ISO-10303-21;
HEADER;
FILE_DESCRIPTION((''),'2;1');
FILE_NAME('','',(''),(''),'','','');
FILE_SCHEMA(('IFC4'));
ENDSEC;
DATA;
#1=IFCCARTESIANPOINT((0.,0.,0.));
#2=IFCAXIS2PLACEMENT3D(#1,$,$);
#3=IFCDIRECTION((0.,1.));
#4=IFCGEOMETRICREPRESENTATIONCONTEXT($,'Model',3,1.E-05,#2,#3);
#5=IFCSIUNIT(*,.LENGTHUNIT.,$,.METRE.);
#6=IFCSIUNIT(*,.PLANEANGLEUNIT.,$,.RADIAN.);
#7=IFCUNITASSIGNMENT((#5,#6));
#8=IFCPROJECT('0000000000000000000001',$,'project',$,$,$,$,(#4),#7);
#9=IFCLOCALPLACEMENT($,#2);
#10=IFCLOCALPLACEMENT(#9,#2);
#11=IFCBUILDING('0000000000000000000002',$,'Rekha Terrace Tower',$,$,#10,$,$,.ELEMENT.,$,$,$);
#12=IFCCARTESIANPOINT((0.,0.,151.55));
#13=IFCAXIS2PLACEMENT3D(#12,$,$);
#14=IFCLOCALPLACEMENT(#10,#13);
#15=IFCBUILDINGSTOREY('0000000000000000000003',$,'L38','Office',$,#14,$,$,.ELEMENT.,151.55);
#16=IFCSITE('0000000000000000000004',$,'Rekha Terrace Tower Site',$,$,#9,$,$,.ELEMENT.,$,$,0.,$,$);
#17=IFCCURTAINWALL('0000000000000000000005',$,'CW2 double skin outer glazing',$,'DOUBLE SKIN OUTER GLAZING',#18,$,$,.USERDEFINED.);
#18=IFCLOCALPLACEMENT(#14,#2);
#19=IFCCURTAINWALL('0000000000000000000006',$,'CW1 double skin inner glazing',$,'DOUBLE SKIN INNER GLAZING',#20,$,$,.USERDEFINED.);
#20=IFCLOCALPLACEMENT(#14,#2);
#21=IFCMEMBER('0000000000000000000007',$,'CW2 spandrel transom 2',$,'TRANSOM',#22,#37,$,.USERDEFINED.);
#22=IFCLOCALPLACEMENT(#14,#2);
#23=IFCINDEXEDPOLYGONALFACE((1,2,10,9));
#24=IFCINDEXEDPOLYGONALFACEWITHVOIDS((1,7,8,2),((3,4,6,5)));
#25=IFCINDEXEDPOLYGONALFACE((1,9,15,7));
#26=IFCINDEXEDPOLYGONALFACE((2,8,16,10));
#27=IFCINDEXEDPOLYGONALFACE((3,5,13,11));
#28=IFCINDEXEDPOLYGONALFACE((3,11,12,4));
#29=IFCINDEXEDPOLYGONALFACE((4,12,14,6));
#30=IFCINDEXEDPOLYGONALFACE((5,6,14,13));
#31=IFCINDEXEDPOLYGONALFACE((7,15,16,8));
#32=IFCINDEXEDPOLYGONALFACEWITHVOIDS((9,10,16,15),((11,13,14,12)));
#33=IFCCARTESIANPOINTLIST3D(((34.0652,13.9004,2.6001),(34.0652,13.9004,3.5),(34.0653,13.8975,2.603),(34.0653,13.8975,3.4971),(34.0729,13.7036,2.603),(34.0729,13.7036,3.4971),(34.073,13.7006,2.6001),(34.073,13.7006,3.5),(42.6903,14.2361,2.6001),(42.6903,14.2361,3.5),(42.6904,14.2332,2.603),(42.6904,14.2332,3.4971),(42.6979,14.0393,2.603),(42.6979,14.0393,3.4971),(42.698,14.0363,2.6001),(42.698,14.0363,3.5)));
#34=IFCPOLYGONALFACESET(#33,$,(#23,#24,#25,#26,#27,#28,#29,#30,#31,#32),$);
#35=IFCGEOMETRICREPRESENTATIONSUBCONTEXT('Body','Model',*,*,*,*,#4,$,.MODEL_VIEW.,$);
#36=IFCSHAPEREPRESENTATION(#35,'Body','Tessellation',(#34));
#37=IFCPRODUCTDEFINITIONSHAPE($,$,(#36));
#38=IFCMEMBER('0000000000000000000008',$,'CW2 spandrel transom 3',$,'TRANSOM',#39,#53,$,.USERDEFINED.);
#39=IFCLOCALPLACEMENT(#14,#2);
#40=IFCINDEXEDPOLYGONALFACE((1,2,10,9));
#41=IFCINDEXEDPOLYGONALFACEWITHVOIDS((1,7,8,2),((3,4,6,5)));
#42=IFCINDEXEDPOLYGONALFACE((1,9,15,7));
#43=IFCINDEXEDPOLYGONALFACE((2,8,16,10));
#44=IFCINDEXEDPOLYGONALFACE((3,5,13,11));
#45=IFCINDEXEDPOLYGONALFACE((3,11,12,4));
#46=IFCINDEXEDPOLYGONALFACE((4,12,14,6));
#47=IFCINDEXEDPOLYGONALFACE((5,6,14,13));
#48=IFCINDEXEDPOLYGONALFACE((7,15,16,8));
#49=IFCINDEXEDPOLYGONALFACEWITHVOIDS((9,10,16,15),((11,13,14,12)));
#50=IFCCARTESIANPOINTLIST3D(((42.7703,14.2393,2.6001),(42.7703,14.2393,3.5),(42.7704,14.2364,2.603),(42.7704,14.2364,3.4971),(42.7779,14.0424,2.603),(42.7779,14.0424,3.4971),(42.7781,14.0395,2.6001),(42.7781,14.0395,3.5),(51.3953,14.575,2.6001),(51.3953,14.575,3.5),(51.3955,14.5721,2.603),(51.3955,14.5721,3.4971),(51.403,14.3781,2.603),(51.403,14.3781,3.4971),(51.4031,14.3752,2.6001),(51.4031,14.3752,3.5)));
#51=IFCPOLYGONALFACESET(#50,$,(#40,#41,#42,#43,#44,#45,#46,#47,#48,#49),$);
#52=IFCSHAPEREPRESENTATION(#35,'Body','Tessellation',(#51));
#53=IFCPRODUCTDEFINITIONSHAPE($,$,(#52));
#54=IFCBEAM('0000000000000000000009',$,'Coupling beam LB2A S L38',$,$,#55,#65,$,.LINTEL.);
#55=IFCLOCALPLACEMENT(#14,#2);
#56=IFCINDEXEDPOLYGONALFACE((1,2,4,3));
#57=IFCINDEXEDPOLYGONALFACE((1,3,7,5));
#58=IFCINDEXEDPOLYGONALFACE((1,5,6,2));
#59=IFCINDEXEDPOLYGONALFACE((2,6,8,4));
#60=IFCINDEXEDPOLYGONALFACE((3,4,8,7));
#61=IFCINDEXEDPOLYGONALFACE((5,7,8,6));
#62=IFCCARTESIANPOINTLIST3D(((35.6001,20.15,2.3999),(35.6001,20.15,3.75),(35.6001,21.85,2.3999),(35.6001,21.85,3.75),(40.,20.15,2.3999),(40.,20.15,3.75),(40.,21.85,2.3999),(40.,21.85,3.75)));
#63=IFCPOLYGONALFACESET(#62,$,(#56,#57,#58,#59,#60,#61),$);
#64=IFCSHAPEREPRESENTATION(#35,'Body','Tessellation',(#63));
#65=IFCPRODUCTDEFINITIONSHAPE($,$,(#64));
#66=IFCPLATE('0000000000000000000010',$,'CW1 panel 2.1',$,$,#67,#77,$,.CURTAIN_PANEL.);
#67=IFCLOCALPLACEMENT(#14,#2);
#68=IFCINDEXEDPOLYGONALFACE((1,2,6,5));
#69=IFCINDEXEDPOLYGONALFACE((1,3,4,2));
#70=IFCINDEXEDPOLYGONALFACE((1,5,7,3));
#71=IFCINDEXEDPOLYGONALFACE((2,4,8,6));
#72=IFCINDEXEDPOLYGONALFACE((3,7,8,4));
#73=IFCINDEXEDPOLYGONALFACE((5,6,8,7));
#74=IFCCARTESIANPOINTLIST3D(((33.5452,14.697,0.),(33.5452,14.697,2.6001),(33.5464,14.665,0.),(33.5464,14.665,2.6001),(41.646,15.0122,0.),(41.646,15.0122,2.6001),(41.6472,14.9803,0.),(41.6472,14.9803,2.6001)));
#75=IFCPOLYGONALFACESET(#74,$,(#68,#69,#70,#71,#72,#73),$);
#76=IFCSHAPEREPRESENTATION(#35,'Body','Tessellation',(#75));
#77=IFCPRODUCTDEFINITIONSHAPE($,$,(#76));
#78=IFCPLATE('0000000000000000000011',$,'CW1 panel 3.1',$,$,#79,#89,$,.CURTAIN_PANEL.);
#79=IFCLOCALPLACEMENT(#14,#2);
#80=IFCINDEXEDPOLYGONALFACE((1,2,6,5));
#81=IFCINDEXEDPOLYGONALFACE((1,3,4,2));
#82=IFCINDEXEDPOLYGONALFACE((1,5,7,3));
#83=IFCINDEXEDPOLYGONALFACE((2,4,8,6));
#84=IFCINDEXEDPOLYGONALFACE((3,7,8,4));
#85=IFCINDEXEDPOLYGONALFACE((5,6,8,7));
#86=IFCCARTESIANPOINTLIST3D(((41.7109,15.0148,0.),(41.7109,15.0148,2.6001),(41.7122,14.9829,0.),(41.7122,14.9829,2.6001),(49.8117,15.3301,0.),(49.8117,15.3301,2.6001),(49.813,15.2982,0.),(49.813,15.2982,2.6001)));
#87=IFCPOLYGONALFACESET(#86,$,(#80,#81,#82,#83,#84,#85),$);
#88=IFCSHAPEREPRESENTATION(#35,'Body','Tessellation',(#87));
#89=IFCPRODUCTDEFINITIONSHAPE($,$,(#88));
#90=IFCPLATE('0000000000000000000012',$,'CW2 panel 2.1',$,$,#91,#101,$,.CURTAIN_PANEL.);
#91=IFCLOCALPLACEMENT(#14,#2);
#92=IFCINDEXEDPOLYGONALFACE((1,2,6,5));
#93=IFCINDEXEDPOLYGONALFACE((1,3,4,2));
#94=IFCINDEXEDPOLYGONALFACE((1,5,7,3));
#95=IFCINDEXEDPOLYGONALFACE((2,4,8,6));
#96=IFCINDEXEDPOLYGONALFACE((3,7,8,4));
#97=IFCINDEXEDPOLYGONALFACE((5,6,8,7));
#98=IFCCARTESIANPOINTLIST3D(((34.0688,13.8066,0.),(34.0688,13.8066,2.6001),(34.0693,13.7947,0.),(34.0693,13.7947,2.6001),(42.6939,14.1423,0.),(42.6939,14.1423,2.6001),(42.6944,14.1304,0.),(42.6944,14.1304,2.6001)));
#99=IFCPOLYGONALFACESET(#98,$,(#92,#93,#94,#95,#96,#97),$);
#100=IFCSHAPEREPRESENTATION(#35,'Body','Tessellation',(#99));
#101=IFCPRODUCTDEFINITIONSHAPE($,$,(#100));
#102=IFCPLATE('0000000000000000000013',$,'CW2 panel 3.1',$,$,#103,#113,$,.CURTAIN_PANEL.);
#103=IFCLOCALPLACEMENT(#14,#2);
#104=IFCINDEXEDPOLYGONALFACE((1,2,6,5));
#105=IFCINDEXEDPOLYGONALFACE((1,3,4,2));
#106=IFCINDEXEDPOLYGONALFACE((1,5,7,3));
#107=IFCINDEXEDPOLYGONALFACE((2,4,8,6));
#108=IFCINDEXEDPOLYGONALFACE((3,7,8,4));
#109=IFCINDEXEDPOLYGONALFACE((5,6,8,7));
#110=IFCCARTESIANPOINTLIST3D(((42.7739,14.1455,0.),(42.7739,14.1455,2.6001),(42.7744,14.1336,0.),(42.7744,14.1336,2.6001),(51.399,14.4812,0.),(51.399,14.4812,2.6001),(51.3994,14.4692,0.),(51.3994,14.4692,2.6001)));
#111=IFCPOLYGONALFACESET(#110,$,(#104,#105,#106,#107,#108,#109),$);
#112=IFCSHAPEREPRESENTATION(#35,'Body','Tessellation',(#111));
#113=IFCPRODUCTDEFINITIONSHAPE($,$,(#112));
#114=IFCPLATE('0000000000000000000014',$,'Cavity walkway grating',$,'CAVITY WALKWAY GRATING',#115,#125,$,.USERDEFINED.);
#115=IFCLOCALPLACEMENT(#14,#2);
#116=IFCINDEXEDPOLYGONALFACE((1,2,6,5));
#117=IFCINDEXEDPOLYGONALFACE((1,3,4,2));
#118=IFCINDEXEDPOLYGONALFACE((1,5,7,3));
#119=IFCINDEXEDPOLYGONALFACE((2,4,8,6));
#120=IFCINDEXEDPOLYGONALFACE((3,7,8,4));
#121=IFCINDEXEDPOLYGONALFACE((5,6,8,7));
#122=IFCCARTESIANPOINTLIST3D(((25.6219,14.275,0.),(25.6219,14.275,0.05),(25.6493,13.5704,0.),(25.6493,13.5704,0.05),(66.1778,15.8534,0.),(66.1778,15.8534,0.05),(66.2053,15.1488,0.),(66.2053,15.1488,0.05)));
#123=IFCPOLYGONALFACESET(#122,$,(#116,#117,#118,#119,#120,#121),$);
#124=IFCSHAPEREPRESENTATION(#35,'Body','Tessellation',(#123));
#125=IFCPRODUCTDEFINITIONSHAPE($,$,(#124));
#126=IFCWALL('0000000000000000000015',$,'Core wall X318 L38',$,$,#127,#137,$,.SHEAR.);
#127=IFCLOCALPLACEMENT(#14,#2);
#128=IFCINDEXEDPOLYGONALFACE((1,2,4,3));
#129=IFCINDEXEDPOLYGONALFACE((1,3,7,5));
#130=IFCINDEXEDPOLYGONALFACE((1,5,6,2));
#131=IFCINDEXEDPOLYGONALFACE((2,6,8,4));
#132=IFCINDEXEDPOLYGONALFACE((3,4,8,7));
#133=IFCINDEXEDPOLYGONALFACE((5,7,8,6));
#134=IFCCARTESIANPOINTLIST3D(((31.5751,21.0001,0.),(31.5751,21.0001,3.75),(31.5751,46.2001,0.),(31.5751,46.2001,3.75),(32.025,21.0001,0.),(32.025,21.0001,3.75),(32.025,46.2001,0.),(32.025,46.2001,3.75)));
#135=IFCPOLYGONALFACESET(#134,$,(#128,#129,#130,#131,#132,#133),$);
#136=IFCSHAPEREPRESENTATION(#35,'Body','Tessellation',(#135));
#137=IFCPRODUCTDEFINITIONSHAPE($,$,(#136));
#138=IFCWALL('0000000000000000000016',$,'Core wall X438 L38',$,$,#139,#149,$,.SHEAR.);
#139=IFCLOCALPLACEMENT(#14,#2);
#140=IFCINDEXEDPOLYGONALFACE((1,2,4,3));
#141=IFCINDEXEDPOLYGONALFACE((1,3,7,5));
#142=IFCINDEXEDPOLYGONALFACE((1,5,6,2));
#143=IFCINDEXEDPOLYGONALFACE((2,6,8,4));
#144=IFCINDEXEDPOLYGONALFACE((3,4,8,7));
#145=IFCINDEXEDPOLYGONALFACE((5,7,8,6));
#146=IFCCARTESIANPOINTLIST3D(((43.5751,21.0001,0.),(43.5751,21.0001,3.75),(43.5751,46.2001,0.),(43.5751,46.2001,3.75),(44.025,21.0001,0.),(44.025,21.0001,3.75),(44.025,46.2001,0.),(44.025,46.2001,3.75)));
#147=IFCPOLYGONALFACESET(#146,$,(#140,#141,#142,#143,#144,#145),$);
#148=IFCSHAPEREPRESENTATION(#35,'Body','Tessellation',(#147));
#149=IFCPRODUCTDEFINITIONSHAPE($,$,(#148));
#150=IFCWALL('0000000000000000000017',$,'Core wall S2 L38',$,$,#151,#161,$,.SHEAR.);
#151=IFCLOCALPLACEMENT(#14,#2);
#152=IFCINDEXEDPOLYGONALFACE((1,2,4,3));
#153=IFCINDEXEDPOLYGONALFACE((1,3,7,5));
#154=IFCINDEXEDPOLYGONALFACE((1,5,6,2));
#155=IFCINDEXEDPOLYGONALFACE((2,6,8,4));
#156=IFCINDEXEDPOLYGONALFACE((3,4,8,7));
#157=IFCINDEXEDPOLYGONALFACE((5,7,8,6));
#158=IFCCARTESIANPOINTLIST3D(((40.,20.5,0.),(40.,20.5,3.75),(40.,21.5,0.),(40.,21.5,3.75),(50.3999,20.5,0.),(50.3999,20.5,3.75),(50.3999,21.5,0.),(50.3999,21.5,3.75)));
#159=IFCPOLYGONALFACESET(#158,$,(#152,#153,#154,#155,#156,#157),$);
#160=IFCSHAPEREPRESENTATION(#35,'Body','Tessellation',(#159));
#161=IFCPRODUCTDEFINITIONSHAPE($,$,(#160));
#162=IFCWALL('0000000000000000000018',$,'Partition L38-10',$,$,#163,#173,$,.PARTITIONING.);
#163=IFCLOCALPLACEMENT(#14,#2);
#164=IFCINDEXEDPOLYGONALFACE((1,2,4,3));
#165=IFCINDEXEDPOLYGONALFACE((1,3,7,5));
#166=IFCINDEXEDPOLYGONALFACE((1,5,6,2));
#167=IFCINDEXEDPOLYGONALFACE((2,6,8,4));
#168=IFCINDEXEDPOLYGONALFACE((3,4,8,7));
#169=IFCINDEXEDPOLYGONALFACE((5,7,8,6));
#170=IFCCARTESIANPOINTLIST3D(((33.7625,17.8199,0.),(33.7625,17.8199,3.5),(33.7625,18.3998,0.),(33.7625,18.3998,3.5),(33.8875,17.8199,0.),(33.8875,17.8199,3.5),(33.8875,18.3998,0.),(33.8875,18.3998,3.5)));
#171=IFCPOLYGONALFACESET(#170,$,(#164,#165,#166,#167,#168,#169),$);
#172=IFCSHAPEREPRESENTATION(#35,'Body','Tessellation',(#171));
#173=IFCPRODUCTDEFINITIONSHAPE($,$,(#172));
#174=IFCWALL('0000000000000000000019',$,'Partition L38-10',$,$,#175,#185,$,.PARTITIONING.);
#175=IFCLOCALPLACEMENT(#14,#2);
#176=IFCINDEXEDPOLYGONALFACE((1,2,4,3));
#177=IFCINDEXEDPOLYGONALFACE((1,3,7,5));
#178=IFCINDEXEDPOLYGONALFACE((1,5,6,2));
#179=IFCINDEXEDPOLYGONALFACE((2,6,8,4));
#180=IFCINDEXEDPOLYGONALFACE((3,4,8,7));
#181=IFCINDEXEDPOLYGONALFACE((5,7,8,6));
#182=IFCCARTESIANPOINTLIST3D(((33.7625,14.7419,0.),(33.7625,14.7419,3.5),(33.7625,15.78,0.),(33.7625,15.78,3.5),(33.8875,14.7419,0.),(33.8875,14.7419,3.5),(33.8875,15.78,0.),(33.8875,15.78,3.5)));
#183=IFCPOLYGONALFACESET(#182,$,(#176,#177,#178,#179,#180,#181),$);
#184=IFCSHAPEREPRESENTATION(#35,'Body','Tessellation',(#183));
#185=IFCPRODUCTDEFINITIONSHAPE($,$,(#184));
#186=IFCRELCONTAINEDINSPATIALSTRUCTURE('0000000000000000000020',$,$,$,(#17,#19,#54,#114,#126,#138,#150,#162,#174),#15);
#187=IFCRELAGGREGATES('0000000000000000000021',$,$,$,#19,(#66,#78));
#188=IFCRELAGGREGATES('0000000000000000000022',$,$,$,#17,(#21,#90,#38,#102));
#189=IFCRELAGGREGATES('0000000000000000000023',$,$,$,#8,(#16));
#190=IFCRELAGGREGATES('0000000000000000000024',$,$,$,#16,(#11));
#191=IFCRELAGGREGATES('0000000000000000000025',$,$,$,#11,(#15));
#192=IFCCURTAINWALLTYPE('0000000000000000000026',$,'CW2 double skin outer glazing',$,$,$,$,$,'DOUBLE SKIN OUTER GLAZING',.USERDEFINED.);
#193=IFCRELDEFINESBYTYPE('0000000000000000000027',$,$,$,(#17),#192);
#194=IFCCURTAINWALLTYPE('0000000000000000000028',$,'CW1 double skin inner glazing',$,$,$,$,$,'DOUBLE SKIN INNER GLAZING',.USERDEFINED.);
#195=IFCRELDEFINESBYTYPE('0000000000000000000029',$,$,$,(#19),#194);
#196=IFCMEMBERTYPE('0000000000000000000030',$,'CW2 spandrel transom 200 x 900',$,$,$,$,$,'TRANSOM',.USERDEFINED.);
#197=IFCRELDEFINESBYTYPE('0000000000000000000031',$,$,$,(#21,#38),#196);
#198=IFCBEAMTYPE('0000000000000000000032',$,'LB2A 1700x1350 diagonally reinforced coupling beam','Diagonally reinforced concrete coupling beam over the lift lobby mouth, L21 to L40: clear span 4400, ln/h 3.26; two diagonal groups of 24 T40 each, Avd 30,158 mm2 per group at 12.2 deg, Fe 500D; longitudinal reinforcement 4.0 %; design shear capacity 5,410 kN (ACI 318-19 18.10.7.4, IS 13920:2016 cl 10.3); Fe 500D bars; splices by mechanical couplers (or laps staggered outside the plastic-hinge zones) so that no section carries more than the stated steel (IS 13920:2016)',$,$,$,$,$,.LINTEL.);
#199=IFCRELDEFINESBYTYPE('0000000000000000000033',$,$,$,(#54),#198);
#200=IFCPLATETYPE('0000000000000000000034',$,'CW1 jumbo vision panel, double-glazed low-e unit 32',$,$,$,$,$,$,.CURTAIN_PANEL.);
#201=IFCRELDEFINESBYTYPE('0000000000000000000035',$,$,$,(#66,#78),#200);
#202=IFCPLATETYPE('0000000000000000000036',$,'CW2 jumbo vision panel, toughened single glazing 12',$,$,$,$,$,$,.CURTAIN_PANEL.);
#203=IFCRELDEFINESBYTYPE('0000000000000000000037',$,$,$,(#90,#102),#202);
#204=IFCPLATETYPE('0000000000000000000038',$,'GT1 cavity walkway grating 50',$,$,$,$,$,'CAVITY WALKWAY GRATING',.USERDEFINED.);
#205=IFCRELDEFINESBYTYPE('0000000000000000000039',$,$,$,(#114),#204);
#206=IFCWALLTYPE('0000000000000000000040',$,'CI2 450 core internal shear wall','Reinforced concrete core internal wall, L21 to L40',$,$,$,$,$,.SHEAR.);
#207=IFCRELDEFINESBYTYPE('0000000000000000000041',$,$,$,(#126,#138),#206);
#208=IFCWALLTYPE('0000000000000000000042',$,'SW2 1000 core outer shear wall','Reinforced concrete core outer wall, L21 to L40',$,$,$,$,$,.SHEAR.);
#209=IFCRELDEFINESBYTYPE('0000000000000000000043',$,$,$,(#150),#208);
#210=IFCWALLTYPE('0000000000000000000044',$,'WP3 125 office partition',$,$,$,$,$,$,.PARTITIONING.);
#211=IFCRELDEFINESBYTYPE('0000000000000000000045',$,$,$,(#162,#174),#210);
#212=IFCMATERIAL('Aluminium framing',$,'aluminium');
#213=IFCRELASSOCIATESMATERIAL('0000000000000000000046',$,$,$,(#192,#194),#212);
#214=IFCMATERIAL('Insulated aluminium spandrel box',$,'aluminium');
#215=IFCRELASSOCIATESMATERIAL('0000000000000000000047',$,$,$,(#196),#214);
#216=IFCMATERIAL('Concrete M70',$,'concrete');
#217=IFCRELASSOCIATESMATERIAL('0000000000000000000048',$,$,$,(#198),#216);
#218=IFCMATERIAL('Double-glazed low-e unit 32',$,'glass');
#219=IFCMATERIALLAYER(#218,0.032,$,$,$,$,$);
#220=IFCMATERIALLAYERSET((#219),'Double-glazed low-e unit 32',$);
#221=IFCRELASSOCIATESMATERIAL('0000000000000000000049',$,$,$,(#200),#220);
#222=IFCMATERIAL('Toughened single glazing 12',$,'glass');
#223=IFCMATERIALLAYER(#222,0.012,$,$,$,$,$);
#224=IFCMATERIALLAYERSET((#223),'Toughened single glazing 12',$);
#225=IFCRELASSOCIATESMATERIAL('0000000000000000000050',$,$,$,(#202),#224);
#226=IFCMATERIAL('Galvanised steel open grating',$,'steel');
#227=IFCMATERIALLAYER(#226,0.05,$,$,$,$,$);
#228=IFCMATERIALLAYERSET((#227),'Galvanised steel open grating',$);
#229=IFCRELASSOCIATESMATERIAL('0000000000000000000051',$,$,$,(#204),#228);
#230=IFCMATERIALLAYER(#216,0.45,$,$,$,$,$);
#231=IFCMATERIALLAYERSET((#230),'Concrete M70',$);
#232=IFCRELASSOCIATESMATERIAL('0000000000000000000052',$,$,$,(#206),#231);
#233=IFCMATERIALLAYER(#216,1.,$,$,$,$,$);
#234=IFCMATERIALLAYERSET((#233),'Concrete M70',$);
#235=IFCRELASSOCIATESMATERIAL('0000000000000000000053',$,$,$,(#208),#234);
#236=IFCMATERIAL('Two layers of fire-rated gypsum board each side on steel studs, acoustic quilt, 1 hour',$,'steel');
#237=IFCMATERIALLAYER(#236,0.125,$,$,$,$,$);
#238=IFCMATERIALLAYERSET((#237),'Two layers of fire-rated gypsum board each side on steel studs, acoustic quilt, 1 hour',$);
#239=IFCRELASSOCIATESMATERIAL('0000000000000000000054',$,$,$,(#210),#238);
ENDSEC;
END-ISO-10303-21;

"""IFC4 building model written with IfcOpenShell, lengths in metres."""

from ifc_helpers import new_model, si_unit, direction, frame, frame_2d, origin, origin_2d, place, context, subcontext, project, spatial, rectangle, hollow_rectangle, extrude, material, layer, layer_set, material_profile, profile_set, type_object, element, aggregate, save


model = new_model("IFC4")

# Units and contexts
model_context = context("Model", 3, precision=1e-05, world=origin(), true_north=direction((0.0, 1.0)))
body_context = subcontext(model_context, "Body", "Model", "MODEL_VIEW")
ifc_project = project(units=[si_unit("LENGTHUNIT", "METRE"), si_unit("PLANEANGLEUNIT", "RADIAN")], contexts=[model_context])

# Site, building, storey
site_placement = place(None, origin())
site = spatial("IfcSite", under=ifc_project, at=site_placement, Name="Rekha Terrace Tower Site", CompositionType="ELEMENT", RefElevation=0.0)
building_placement = place(site_placement, origin())
building = spatial("IfcBuilding", under=site, at=building_placement, Name="Rekha Terrace Tower", CompositionType="ELEMENT")
storey_placement = place(building_placement, frame((0.0, 0.0, 151.55)))
storey = spatial("IfcBuildingStorey", under=building, at=storey_placement, Name="L38", Description="Office", CompositionType="ELEMENT", Elevation=151.55)

# Shared definitions
ifc_material_1 = material(Name="Concrete M70", Category="concrete")

# Curtain walls
ifc_material_2 = material(Name="Aluminium framing", Category="aluminium")
curtain_wall_type_1 = type_object("IfcCurtainWallType", Name="CW2 double skin outer glazing", ElementType="DOUBLE SKIN OUTER GLAZING", PredefinedType="USERDEFINED", material=ifc_material_2)
curtain_wall_1_placement = place(storey_placement, origin())
curtain_wall_1 = element("IfcCurtainWall", 1, at=curtain_wall_1_placement, inside=storey, type_object=curtain_wall_type_1, Name="CW2 double skin outer glazing", ObjectType="DOUBLE SKIN OUTER GLAZING", PredefinedType="USERDEFINED")
curtain_wall_type_2 = type_object("IfcCurtainWallType", Name="CW1 double skin inner glazing", ElementType="DOUBLE SKIN INNER GLAZING", PredefinedType="USERDEFINED", material=ifc_material_2)
curtain_wall_2_placement = place(storey_placement, origin())
curtain_wall_2 = element("IfcCurtainWall", 2, at=curtain_wall_2_placement, inside=storey, type_object=curtain_wall_type_2, Name="CW1 double skin inner glazing", ObjectType="DOUBLE SKIN INNER GLAZING", PredefinedType="USERDEFINED")
ifc_material_3 = material(Name="Insulated aluminium spandrel box", Category="aluminium")

# Members
ifc_material_profile_1 = material_profile(ifc_material_3, hollow_rectangle(XDim=0.2, YDim=0.8999, WallThickness=0.0029, at=origin_2d()), Name="AL SPANDREL BOX 200x900")
ifc_profile_set_1 = profile_set([ifc_material_profile_1], Name="Insulated aluminium spandrel box")
member_type_1 = type_object("IfcMemberType", Name="CW2 spandrel transom 200 x 900", ElementType="TRANSOM", PredefinedType="USERDEFINED", material=ifc_profile_set_1)
member_1_placement = place(storey_placement, frame((34.0691, 13.8005, 3.05), z_axis=(0.999243, 0.038892, 0.0), x_axis=(-0.038892, 0.999243, 0.0)))
member_1 = element("IfcMember", 3, at=member_1_placement, type_object=member_type_1, Name="CW2 spandrel transom 2", ObjectType="TRANSOM", PredefinedType="USERDEFINED", context=body_context, shape_type="SweptSolid", body=[
    extrude(hollow_rectangle(XDim=0.2, YDim=0.8999, WallThickness=0.0029, at=origin_2d()), origin(), (0.0, 0.0, 1.0), 8.6316),
])
member_2_placement = place(storey_placement, frame((42.7742, 14.1394, 3.05), z_axis=(0.999243, 0.038892, 0.0), x_axis=(-0.038892, 0.999243, 0.0)))
member_2 = element("IfcMember", 4, at=member_2_placement, type_object=member_type_1, Name="CW2 spandrel transom 3", ObjectType="TRANSOM", PredefinedType="USERDEFINED", context=body_context, shape_type="SweptSolid", body=[
    extrude(hollow_rectangle(XDim=0.2, YDim=0.8999, WallThickness=0.0029, at=origin_2d()), origin(), (0.0, 0.0, 1.0), 8.6316),
])

# Beam
ifc_material_profile_2 = material_profile(ifc_material_1, rectangle(XDim=1.7, YDim=1.3501, at=origin_2d()), Name="RC 1700x1350")
ifc_profile_set_2 = profile_set([ifc_material_profile_2], Name="Concrete M70")
beam_type = type_object("IfcBeamType", Name="LB2A 1700x1350 diagonally reinforced coupling beam", Description="Diagonally reinforced concrete coupling beam over the lift lobby mouth, L21 to L40: clear span 4400, ln/h 3.26; two diagonal groups of 24 T40 each, Avd 30,158 mm2 per group at 12.2 deg, Fe 500D; longitudinal reinforcement 4.0 %; design shear capacity 5,410 kN (ACI 318-19 18.10.7.4, IS 13920:2016 cl 10.3); Fe 500D bars; splices by mechanical couplers (or laps staggered outside the plastic-hinge zones) so that no section carries more than the stated steel (IS 13920:2016)", PredefinedType="LINTEL", material=ifc_profile_set_2)
beam_placement = place(storey_placement, frame((35.6001, 21.0, 3.075), z_axis=(1.0, 0.0, 0.0), x_axis=(0.0, 1.0, 0.0)))
element("IfcBeam", 5, at=beam_placement, inside=storey, type_object=beam_type, Name="Coupling beam LB2A S L38", PredefinedType="LINTEL", context=body_context, shape_type="SweptSolid", body=[
    extrude(rectangle(XDim=1.7, YDim=1.3501, at=origin_2d()), origin(), (0.0, 0.0, 1.0), 4.3999),
])

# Plates
ifc_material_4 = material(Name="Double-glazed low-e unit 32", Category="glass")
ifc_layer_1 = layer(ifc_material_4, 0.032)
ifc_layer_set_1 = layer_set([ifc_layer_1], Name="Double-glazed low-e unit 32")
plate_type_1 = type_object("IfcPlateType", Name="CW1 jumbo vision panel, double-glazed low-e unit 32", PredefinedType="CURTAIN_PANEL", material=ifc_layer_set_1)
plate_1_placement = place(storey_placement, frame((37.5962, 14.8386, 0.0), z_axis=(0.0, 0.0, 1.0), x_axis=(0.999243, 0.03889, 0.0)))
plate_1 = element("IfcPlate", 6, at=plate_1_placement, type_object=plate_type_1, Name="CW1 panel 2.1", PredefinedType="CURTAIN_PANEL", context=body_context, shape_type="SweptSolid", body=[
    extrude(rectangle(XDim=8.1069, YDim=0.032, at=origin_2d()), origin(), (0.0, 0.0, 1.0), 2.6001),
])
plate_2_placement = place(storey_placement, frame((45.762, 15.1565, 0.0), z_axis=(0.0, 0.0, 1.0), x_axis=(0.999243, 0.03889, 0.0)))
plate_2 = element("IfcPlate", 7, at=plate_2_placement, type_object=plate_type_1, Name="CW1 panel 3.1", PredefinedType="CURTAIN_PANEL", context=body_context, shape_type="SweptSolid", body=[
    extrude(rectangle(XDim=8.1069, YDim=0.032, at=origin_2d()), origin(), (0.0, 0.0, 1.0), 2.6001),
])
aggregate(curtain_wall_2, [plate_1, plate_2])
ifc_material_5 = material(Name="Toughened single glazing 12", Category="glass")
ifc_layer_2 = layer(ifc_material_5, 0.012)
ifc_layer_set_2 = layer_set([ifc_layer_2], Name="Toughened single glazing 12")
plate_type_2 = type_object("IfcPlateType", Name="CW2 jumbo vision panel, toughened single glazing 12", PredefinedType="CURTAIN_PANEL", material=ifc_layer_set_2)
plate_3_placement = place(storey_placement, frame((38.3816, 13.9685, 0.0), z_axis=(0.0, 0.0, 1.0), x_axis=(0.999243, 0.03889, 0.0)))
plate_3 = element("IfcPlate", 8, at=plate_3_placement, type_object=plate_type_2, Name="CW2 panel 2.1", PredefinedType="CURTAIN_PANEL", context=body_context, shape_type="SweptSolid", body=[
    extrude(rectangle(XDim=8.6316, YDim=0.012, at=origin_2d()), origin(), (0.0, 0.0, 1.0), 2.6001),
])
plate_4_placement = place(storey_placement, frame((47.0867, 14.3074, 0.0), z_axis=(0.0, 0.0, 1.0), x_axis=(0.999243, 0.03889, 0.0)))
plate_4 = element("IfcPlate", 9, at=plate_4_placement, type_object=plate_type_2, Name="CW2 panel 3.1", PredefinedType="CURTAIN_PANEL", context=body_context, shape_type="SweptSolid", body=[
    extrude(rectangle(XDim=8.6316, YDim=0.012, at=origin_2d()), origin(), (0.0, 0.0, 1.0), 2.6001),
])
aggregate(curtain_wall_1, [member_1, plate_3, member_2, plate_4])
ifc_material_6 = material(Name="Galvanised steel open grating", Category="steel")
ifc_layer_3 = layer(ifc_material_6, 0.05)
ifc_layer_set_3 = layer_set([ifc_layer_3], Name="Galvanised steel open grating")
plate_type_3 = type_object("IfcPlateType", Name="GT1 cavity walkway grating 50", ElementType="CAVITY WALKWAY GRATING", PredefinedType="USERDEFINED", material=ifc_layer_set_3)
plate_5_placement = place(storey_placement, frame((45.9136, 14.7119, 0.0), z_axis=(0.0, 0.0, 1.0), x_axis=(0.999243, 0.03889, 0.0)))
element("IfcPlate", 10, at=plate_5_placement, inside=storey, type_object=plate_type_3, Name="Cavity walkway grating", ObjectType="CAVITY WALKWAY GRATING", PredefinedType="USERDEFINED", context=body_context, shape_type="SweptSolid", body=[
    extrude(rectangle(XDim=40.5867, YDim=0.7051, at=origin_2d()), origin(), (0.0, 0.0, 1.0), 0.05),
])

# Walls
ifc_layer_4 = layer(ifc_material_1, 0.45)
ifc_layer_set_4 = layer_set([ifc_layer_4], Name="Concrete M70")
wall_type_1 = type_object("IfcWallType", Name="CI2 450 core internal shear wall", Description="Reinforced concrete core internal wall, L21 to L40", PredefinedType="SHEAR", material=ifc_layer_set_4)
for number, where, z_axis, x_axis, name in (
    (11, (31.8, 21.0, 0.0), (0.0, 0.0, 1.0), (0.0, 1.0, 0.0), "Core wall X318 L38"),
    (12, (43.8, 21.0, 0.0), (0.0, 0.0, 1.0), (0.0, 1.0, 0.0), "Core wall X438 L38"),
):
    element("IfcWall", number, at=place(storey_placement, frame(where, z_axis=z_axis, x_axis=x_axis)), inside=storey, type_object=wall_type_1, Name=name, PredefinedType="SHEAR", context=body_context, shape_type="SweptSolid", body=[
        extrude(rectangle(XDim=25.2, YDim=0.45, at=frame_2d((12.6001, 0.0))), origin(), (0.0, 0.0, 1.0), 3.75),
    ])
ifc_layer_5 = layer(ifc_material_1, 1.0)
ifc_layer_set_5 = layer_set([ifc_layer_5], Name="Concrete M70")
wall_type_2 = type_object("IfcWallType", Name="SW2 1000 core outer shear wall", Description="Reinforced concrete core outer wall, L21 to L40", PredefinedType="SHEAR", material=ifc_layer_set_5)
wall_1_placement = place(storey_placement, frame((40.0, 21.0, 0.0), z_axis=(0.0, 0.0, 1.0), x_axis=(1.0, 0.0, 0.0)))
element("IfcWall", 13, at=wall_1_placement, inside=storey, type_object=wall_type_2, Name="Core wall S2 L38", PredefinedType="SHEAR", context=body_context, shape_type="SweptSolid", body=[
    extrude(rectangle(XDim=10.3999, YDim=1.0, at=frame_2d((5.2, 0.0))), origin(), (0.0, 0.0, 1.0), 3.75),
])
ifc_material_7 = material(Name="Two layers of fire-rated gypsum board each side on steel studs, acoustic quilt, 1 hour", Category="steel")
ifc_layer_6 = layer(ifc_material_7, 0.125)
ifc_layer_set_6 = layer_set([ifc_layer_6], Name="Two layers of fire-rated gypsum board each side on steel studs, acoustic quilt, 1 hour")
wall_type_3 = type_object("IfcWallType", Name="WP3 125 office partition", PredefinedType="PARTITIONING", material=ifc_layer_set_6)
wall_2_placement = place(storey_placement, frame((33.825, 18.3999, 0.0), z_axis=(0.0, 0.0, 1.0), x_axis=(0.0, -1.0, 0.0)))
element("IfcWall", 14, at=wall_2_placement, inside=storey, type_object=wall_type_3, Name="Partition L38-10", PredefinedType="PARTITIONING", context=body_context, shape_type="SweptSolid", body=[
    extrude(rectangle(XDim=0.5798, YDim=0.125, at=frame_2d((0.29, 0.0))), origin(), (0.0, 0.0, 1.0), 3.5),
])
wall_3_placement = place(storey_placement, frame((33.825, 15.78, 0.0), z_axis=(0.0, 0.0, 1.0), x_axis=(0.0, -1.0, 0.0)))
element("IfcWall", 15, at=wall_3_placement, inside=storey, type_object=wall_type_3, Name="Partition L38-10", PredefinedType="PARTITIONING", context=body_context, shape_type="SweptSolid", body=[
    extrude(rectangle(XDim=1.0381, YDim=0.125, at=frame_2d((0.519, 0.0))), origin(), (0.0, 0.0, 1.0), 3.5),
])

save(model, "model.ifc")
